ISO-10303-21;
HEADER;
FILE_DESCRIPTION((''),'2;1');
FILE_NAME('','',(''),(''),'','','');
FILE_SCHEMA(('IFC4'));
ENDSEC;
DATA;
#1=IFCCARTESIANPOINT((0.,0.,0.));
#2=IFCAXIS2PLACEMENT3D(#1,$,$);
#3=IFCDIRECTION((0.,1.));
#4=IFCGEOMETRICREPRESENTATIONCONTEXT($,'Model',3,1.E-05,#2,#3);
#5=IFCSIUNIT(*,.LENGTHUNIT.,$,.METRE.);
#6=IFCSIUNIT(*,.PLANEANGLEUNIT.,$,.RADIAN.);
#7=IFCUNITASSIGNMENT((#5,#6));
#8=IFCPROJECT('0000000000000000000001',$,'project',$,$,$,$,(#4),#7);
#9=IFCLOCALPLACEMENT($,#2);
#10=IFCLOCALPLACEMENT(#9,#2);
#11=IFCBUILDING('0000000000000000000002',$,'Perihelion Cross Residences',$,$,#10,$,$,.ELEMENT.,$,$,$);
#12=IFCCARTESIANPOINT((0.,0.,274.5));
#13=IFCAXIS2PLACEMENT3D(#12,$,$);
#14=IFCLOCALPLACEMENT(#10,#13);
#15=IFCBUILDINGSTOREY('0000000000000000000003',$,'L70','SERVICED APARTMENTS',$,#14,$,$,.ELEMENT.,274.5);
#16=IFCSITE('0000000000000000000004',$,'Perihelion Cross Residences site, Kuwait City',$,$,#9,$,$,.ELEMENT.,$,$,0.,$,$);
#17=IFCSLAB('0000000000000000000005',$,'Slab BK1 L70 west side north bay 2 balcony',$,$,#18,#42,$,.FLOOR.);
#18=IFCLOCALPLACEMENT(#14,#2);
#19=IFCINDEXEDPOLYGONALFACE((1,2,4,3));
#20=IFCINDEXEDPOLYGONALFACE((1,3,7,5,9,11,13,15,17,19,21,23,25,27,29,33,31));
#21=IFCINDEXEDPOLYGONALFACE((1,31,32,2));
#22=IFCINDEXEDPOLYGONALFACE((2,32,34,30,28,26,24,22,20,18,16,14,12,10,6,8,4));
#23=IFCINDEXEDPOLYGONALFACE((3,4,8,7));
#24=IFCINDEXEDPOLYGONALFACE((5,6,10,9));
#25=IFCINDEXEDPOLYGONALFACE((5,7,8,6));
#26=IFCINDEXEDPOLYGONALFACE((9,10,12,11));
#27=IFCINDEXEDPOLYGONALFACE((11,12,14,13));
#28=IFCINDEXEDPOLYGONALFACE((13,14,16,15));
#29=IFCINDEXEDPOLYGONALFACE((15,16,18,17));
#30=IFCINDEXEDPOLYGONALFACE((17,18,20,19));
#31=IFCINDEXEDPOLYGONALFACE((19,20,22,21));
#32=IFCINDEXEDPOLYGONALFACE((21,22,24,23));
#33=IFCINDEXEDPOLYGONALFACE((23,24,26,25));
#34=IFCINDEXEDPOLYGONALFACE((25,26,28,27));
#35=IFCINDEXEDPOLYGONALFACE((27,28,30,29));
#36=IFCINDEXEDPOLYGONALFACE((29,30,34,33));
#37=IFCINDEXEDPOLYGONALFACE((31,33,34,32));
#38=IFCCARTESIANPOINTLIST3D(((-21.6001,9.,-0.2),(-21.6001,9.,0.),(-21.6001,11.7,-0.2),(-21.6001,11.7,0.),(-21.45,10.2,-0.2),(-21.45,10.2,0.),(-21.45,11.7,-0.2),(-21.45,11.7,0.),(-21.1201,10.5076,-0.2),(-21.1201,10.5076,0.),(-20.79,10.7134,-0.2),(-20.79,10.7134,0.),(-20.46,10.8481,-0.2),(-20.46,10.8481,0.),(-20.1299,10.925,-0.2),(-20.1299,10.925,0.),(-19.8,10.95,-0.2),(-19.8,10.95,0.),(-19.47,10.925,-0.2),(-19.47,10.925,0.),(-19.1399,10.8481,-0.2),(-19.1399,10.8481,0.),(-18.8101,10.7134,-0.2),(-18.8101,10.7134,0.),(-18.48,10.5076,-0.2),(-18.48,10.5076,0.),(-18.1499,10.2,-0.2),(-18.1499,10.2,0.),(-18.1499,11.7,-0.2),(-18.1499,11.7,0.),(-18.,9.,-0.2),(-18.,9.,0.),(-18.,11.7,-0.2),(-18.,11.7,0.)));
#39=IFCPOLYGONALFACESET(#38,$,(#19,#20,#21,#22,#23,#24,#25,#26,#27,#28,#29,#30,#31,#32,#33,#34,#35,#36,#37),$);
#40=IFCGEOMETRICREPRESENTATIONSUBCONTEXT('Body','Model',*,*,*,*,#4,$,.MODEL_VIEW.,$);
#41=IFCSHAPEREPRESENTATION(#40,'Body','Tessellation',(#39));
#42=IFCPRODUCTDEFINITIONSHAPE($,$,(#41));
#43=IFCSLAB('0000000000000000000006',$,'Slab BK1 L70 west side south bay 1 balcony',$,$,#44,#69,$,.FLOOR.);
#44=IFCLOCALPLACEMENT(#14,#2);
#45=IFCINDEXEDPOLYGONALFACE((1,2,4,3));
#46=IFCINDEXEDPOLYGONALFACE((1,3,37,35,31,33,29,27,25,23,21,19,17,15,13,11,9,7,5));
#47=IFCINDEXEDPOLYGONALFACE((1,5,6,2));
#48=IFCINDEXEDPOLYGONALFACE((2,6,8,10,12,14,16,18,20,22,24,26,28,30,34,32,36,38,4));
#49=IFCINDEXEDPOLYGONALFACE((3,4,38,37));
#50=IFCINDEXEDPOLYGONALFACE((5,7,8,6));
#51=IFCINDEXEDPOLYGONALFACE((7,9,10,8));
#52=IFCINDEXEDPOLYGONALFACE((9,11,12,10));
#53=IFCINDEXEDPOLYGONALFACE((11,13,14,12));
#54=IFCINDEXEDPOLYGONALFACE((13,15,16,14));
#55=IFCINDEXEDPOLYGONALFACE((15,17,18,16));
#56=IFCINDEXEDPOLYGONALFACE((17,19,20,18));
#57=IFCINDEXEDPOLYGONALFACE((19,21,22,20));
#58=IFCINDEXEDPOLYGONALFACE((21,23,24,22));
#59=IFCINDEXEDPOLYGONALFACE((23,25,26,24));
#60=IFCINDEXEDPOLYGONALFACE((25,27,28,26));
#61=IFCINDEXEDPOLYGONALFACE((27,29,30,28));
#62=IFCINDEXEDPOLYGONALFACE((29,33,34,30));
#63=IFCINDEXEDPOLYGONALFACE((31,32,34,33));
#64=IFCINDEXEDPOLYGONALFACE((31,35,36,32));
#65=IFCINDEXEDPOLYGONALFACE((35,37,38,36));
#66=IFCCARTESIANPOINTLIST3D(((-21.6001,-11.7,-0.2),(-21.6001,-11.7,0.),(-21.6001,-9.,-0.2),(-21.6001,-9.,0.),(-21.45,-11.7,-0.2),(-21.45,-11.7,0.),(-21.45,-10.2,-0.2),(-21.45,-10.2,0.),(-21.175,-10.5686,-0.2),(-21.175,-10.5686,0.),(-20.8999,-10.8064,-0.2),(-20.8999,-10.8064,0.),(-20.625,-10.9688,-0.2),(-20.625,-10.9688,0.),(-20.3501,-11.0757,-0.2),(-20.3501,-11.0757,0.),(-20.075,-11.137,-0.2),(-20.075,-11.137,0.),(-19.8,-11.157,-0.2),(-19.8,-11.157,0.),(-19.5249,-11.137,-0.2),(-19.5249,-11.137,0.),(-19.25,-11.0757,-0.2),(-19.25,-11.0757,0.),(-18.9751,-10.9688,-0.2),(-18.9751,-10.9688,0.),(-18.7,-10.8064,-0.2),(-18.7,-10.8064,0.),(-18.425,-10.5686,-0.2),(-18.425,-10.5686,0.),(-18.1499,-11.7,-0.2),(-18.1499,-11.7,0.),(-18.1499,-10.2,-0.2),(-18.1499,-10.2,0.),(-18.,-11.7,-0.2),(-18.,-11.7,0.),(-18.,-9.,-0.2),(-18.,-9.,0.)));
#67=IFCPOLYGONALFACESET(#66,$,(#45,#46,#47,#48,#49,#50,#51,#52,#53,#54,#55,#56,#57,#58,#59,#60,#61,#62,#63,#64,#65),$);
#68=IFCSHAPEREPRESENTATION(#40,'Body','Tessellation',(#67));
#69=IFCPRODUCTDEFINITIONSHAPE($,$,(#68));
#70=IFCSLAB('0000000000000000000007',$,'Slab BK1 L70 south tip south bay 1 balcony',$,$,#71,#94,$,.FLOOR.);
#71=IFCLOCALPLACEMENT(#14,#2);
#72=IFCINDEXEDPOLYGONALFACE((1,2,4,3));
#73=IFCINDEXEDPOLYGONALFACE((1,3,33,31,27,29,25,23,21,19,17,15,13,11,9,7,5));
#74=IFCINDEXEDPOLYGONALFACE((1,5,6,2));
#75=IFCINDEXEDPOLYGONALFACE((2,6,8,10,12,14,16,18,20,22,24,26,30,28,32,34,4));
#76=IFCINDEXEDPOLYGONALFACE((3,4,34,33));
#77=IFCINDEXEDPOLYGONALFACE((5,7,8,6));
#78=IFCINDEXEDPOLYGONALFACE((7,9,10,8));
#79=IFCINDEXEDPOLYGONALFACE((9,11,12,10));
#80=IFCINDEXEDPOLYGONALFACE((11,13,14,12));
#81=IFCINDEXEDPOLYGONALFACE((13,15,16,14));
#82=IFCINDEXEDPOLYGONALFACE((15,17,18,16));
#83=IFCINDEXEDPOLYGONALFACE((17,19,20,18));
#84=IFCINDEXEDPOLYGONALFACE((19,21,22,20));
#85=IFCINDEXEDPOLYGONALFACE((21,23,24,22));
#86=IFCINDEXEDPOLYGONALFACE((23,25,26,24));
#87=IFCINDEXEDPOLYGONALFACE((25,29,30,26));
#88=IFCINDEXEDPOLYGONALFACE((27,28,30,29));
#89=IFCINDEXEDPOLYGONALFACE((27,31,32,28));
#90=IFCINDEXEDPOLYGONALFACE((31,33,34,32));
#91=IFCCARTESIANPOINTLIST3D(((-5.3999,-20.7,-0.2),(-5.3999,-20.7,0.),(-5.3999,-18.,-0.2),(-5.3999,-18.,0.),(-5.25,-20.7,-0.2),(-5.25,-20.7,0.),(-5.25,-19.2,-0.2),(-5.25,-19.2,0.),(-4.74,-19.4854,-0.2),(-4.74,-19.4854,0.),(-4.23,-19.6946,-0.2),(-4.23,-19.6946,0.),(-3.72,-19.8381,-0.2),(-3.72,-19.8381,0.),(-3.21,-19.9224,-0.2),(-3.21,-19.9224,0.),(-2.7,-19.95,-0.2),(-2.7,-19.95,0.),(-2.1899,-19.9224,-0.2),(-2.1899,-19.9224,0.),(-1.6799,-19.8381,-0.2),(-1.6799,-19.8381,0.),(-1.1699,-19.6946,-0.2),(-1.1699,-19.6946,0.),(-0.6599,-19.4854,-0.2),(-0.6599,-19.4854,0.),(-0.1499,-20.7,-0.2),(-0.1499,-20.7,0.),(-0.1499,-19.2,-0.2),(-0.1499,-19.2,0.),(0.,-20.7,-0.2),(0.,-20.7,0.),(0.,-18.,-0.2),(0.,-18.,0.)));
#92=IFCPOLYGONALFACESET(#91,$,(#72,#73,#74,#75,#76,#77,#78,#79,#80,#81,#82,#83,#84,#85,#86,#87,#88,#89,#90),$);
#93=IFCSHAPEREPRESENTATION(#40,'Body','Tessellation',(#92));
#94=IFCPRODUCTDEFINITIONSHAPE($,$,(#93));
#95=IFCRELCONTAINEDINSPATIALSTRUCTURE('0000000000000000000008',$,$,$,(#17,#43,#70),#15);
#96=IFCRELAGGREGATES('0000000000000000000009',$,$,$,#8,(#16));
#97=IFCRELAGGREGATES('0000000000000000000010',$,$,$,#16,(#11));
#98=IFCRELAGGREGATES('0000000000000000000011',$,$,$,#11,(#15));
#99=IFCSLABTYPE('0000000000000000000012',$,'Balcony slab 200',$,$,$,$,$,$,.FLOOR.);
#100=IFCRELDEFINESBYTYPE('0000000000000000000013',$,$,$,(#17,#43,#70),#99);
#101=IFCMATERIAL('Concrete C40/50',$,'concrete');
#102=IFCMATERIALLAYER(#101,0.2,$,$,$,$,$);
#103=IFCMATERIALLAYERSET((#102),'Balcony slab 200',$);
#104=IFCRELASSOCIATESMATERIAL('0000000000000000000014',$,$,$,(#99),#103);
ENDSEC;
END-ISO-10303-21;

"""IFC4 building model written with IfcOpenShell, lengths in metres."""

from ifc_helpers import new_model, si_unit, direction, frame, origin, place, context, subcontext, project, spatial, polyline, outline, extrude, material, layer, layer_set, type_object, element, save


model = new_model("IFC4")

# Units and contexts
model_context = context("Model", 3, precision=1e-05, world=origin(), true_north=direction((0.0, 1.0)))
body_context = subcontext(model_context, "Body", "Model", "MODEL_VIEW")
ifc_project = project(units=[si_unit("LENGTHUNIT", "METRE"), si_unit("PLANEANGLEUNIT", "RADIAN")], contexts=[model_context])

# Site, building, storey
site_placement = place(None, origin())
site = spatial("IfcSite", under=ifc_project, at=site_placement, Name="Perihelion Cross Residences site, Kuwait City", CompositionType="ELEMENT", RefElevation=0.0)
building_placement = place(site_placement, origin())
building = spatial("IfcBuilding", under=site, at=building_placement, Name="Perihelion Cross Residences", CompositionType="ELEMENT")
storey_placement = place(building_placement, frame((0.0, 0.0, 274.5)))
storey = spatial("IfcBuildingStorey", under=building, at=storey_placement, Name="L70", Description="SERVICED APARTMENTS", CompositionType="ELEMENT", Elevation=274.5)

# Slabs
ifc_material_1 = material(Name="Concrete C40/50", Category="concrete")
ifc_layer_1 = layer(ifc_material_1, 0.2)
ifc_layer_set_1 = layer_set([ifc_layer_1], Name="Balcony slab 200")
slab_type_1 = type_object("IfcSlabType", Name="Balcony slab 200", PredefinedType="FLOOR", material=ifc_layer_set_1)
slab_1_placement = place(storey_placement, frame((0.0, 0.0, -0.2)))
element("IfcSlab", 1, at=slab_1_placement, inside=storey, type_object=slab_type_1, Name="Slab BK1 L70 west side north bay 2 balcony", PredefinedType="FLOOR", context=body_context, shape_type="SweptSolid", body=[
    extrude(outline(polyline([(-18.0, 9.0), (-21.6001, 9.0), (-21.6001, 11.7), (-21.45, 11.7), (-21.45, 10.2), (-21.1201, 10.5076), (-20.79, 10.7134), (-20.46, 10.8481), (-20.1299, 10.925), (-19.8, 10.95), (-19.47, 10.925), (-19.1399, 10.8481), (-18.8101, 10.7134), (-18.48, 10.5076), (-18.1499, 10.2), (-18.1499, 11.7), (-18.0, 11.7), (-18.0, 9.0)])), origin(), (0.0, 0.0, 1.0), 0.2),
])
slab_2_placement = place(storey_placement, frame((0.0, 0.0, -0.2)))
element("IfcSlab", 2, at=slab_2_placement, inside=storey, type_object=slab_type_1, Name="Slab BK1 L70 west side south bay 1 balcony", PredefinedType="FLOOR", context=body_context, shape_type="SweptSolid", body=[
    extrude(outline(polyline([(-21.6001, -9.0), (-18.0, -9.0), (-18.0, -11.7), (-18.1499, -11.7), (-18.1499, -10.2), (-18.425, -10.5686), (-18.7, -10.8064), (-18.9751, -10.9688), (-19.25, -11.0757), (-19.5249, -11.137), (-19.8, -11.157), (-20.075, -11.137), (-20.3501, -11.0757), (-20.625, -10.9688), (-20.8999, -10.8064), (-21.175, -10.5686), (-21.45, -10.2), (-21.45, -11.7), (-21.6001, -11.7), (-21.6001, -9.0)])), origin(), (0.0, 0.0, 1.0), 0.2),
])
slab_3_placement = place(storey_placement, frame((0.0, 0.0, -0.2)))
element("IfcSlab", 3, at=slab_3_placement, inside=storey, type_object=slab_type_1, Name="Slab BK1 L70 south tip south bay 1 balcony", PredefinedType="FLOOR", context=body_context, shape_type="SweptSolid", body=[
    extrude(outline(polyline([(-5.3999, -18.0), (0.0, -18.0), (0.0, -20.7), (-0.1499, -20.7), (-0.1499, -19.2), (-0.6599, -19.4854), (-1.1699, -19.6946), (-1.6799, -19.8381), (-2.1899, -19.9224), (-2.7, -19.95), (-3.21, -19.9224), (-3.72, -19.8381), (-4.23, -19.6946), (-4.74, -19.4854), (-5.25, -19.2), (-5.25, -20.7), (-5.3999, -20.7), (-5.3999, -18.0)])), origin(), (0.0, 0.0, 1.0), 0.2),
])

save(model, "model.ifc")
